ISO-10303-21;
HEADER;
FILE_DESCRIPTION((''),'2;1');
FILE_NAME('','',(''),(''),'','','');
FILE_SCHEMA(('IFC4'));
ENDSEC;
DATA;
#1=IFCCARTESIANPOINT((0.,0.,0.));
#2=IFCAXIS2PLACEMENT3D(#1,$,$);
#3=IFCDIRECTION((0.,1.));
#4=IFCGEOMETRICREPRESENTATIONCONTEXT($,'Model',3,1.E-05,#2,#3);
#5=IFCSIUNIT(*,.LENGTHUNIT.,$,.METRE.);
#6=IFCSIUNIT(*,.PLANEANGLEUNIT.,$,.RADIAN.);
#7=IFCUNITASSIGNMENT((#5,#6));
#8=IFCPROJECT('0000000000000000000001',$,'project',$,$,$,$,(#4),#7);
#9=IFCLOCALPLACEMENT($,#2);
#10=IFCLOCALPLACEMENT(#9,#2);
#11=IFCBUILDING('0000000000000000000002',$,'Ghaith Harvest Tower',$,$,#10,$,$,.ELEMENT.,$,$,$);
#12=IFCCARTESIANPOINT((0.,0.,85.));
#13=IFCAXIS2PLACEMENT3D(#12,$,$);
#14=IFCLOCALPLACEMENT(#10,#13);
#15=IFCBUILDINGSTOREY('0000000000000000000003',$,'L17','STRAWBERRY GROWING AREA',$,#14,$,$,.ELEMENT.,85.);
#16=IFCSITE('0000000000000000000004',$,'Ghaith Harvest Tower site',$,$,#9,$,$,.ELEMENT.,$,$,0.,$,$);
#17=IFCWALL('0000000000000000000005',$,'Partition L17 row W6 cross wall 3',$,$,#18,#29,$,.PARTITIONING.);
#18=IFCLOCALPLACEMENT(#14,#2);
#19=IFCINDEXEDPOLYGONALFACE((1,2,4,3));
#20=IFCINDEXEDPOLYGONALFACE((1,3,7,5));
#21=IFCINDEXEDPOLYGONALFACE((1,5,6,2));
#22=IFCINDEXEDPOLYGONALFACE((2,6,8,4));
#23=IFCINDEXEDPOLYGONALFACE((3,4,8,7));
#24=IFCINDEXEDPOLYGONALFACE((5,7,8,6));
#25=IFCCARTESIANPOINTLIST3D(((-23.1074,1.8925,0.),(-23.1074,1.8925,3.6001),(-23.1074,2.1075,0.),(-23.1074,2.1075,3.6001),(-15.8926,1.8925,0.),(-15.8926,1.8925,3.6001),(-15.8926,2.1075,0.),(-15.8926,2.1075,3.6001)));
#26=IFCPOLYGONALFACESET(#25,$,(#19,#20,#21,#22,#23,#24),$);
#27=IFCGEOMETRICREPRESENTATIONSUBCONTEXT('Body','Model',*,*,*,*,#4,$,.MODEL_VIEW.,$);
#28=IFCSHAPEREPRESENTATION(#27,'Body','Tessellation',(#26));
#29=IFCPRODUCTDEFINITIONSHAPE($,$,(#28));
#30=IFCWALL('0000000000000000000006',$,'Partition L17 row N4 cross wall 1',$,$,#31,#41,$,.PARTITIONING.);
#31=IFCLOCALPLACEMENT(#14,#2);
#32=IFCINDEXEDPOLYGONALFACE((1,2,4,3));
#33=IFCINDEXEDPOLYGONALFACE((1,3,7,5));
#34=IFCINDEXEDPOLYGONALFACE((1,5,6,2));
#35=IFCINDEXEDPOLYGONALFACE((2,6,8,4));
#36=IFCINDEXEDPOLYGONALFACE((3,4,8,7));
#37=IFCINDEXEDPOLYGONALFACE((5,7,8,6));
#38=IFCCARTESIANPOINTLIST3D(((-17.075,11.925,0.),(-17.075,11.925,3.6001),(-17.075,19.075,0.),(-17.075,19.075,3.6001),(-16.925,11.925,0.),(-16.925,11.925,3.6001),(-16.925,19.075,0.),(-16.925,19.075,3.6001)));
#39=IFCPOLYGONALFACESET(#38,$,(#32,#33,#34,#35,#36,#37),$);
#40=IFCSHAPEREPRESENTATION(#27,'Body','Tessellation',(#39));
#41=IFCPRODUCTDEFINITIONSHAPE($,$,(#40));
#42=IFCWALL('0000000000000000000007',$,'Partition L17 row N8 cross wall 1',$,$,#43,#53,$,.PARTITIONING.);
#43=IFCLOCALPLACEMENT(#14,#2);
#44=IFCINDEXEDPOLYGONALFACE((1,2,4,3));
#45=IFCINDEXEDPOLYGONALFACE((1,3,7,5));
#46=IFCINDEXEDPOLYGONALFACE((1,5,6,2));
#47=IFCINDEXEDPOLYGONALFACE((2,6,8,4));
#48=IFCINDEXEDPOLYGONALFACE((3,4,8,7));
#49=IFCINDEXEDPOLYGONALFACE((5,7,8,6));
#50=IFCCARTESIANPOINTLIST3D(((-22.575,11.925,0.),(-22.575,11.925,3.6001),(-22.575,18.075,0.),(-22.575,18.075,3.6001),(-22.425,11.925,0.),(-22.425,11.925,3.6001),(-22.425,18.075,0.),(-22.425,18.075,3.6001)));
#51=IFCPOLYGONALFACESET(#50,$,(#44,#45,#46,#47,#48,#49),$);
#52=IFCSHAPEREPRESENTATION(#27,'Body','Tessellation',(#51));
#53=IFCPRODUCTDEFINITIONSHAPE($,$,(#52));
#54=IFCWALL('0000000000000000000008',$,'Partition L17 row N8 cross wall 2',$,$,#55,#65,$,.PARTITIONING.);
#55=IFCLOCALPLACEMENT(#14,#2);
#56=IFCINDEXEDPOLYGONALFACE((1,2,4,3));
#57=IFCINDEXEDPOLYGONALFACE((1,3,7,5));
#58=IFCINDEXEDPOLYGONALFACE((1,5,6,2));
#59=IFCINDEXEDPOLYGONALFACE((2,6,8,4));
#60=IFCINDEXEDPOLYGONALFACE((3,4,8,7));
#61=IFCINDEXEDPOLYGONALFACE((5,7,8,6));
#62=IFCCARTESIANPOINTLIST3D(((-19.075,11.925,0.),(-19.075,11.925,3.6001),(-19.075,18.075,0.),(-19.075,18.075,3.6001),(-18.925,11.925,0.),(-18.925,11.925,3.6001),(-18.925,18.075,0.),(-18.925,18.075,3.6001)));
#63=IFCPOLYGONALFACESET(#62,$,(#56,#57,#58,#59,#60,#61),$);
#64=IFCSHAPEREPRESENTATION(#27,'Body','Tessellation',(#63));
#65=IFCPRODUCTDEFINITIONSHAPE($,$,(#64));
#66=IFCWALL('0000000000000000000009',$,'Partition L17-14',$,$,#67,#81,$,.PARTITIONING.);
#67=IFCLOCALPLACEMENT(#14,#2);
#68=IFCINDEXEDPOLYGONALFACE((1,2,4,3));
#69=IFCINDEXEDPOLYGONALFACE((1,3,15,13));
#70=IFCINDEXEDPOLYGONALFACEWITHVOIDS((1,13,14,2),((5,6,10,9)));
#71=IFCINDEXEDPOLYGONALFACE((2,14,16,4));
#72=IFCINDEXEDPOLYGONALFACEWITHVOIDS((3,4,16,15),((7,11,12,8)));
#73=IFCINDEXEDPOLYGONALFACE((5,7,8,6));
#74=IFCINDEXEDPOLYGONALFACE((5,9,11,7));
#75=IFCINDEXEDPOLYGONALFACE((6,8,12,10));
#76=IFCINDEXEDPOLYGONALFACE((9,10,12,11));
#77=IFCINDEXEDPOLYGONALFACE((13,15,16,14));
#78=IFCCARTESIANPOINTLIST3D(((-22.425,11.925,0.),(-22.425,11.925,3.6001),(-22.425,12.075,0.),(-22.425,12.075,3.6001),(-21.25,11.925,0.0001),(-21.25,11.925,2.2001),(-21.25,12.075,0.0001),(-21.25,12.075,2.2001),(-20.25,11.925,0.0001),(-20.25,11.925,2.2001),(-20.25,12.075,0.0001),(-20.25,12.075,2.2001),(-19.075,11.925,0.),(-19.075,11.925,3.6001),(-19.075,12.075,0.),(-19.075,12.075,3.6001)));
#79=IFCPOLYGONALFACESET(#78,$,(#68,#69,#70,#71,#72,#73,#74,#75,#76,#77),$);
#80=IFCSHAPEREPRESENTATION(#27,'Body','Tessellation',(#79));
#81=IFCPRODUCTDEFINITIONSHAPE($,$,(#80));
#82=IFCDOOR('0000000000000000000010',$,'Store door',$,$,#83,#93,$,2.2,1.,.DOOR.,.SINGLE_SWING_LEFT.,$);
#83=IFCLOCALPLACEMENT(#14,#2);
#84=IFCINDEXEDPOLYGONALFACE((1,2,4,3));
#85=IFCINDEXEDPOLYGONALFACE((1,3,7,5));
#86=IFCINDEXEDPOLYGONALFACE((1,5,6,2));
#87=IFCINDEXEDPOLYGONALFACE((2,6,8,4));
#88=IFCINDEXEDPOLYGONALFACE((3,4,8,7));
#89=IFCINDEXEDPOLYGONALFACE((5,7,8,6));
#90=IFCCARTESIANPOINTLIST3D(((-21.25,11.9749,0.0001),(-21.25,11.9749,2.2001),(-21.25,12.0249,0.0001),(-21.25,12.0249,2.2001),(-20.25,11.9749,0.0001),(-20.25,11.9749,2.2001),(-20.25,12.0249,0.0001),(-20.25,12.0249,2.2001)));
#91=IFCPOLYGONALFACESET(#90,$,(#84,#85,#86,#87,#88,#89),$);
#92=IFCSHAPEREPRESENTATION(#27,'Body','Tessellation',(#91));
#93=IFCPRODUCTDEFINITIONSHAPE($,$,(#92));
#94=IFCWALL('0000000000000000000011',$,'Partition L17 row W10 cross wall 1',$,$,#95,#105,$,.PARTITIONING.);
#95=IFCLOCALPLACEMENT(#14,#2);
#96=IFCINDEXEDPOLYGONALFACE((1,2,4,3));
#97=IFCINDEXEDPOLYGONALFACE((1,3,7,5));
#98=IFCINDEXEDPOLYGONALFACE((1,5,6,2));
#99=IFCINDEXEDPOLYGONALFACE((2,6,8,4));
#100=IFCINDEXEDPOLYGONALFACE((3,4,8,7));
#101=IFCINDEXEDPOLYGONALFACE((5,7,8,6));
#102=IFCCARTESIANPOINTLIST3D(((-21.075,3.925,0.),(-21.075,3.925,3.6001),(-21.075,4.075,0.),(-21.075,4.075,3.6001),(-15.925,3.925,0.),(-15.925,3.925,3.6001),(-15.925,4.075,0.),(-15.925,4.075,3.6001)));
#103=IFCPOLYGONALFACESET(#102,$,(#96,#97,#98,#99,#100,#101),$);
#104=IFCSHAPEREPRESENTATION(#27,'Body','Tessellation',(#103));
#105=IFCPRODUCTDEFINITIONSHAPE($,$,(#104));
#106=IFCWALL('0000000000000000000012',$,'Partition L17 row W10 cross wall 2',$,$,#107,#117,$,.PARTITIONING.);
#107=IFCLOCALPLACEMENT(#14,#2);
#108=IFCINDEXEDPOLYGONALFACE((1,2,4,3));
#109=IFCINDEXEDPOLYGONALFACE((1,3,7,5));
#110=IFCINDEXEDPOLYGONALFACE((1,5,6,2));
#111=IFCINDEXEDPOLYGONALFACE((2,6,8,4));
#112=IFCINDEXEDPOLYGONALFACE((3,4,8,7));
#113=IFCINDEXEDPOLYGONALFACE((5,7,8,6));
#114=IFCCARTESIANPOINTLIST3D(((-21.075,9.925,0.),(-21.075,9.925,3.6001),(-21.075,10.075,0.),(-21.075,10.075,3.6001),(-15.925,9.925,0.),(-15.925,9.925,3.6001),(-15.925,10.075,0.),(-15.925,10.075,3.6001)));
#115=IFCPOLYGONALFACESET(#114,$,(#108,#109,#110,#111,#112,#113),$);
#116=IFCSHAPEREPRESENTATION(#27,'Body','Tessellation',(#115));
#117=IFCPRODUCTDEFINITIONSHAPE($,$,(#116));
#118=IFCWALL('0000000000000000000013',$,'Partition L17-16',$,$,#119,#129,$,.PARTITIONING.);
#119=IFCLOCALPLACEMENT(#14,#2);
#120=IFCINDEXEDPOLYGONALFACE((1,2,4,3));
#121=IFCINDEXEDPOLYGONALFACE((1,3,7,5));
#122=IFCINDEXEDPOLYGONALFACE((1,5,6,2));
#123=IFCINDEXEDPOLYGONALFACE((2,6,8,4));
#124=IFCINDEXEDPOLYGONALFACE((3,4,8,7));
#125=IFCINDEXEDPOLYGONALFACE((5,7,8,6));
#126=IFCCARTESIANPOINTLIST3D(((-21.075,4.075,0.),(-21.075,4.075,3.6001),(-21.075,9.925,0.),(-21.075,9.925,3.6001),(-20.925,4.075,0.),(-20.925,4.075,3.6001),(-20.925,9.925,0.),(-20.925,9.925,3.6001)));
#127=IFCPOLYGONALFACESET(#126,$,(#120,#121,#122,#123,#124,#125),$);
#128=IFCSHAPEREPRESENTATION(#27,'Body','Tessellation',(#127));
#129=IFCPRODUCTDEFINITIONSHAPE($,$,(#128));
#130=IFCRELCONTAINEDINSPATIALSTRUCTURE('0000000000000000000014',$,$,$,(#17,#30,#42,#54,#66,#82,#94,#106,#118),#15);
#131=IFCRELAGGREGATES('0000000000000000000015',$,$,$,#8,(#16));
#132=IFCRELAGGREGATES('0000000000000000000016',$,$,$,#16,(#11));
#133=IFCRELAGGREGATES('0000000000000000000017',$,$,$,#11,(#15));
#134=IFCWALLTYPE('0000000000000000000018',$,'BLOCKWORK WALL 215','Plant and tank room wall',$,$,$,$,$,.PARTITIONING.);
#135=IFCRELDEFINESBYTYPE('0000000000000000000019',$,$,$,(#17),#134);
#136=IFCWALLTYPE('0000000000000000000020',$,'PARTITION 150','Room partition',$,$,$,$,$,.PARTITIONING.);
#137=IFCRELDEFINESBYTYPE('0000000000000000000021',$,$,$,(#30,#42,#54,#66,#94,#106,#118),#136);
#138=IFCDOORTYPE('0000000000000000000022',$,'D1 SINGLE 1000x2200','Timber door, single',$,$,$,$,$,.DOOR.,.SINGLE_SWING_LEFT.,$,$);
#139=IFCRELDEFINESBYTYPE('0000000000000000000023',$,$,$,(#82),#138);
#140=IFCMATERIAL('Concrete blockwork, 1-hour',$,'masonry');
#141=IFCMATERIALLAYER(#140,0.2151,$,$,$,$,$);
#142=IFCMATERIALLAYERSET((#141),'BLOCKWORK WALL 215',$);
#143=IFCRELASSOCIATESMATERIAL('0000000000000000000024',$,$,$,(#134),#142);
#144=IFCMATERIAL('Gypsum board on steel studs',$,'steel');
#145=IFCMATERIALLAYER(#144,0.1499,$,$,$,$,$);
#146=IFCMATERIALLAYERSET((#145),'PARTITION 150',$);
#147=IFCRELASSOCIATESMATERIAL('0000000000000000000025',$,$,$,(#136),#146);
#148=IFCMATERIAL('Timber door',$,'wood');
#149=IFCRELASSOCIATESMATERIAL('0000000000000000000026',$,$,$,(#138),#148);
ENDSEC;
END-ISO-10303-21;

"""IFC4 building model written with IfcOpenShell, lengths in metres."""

from ifc_helpers import new_model, si_unit, direction, frame, frame_2d, origin, place, context, subcontext, project, spatial, rectangle, extrude, material, layer, layer_set, type_object, element, fill, save


model = new_model("IFC4")

# Units and contexts
model_context = context("Model", 3, precision=1e-05, world=origin(), true_north=direction((0.0, 1.0)))
body_context = subcontext(model_context, "Body", "Model", "MODEL_VIEW")
ifc_project = project(units=[si_unit("LENGTHUNIT", "METRE"), si_unit("PLANEANGLEUNIT", "RADIAN")], contexts=[model_context])

# Site, building, storey
site_placement = place(None, origin())
site = spatial("IfcSite", under=ifc_project, at=site_placement, Name="Ghaith Harvest Tower site", CompositionType="ELEMENT", RefElevation=0.0)
building_placement = place(site_placement, origin())
building = spatial("IfcBuilding", under=site, at=building_placement, Name="Ghaith Harvest Tower", CompositionType="ELEMENT")
storey_placement = place(building_placement, frame((0.0, 0.0, 85.0)))
storey = spatial("IfcBuildingStorey", under=building, at=storey_placement, Name="L17", Description="STRAWBERRY GROWING AREA", CompositionType="ELEMENT", Elevation=85.0)

# Walls
ifc_material_1 = material(Name="Concrete blockwork, 1-hour", Category="masonry")
ifc_layer_1 = layer(ifc_material_1, 0.2151)
ifc_layer_set_1 = layer_set([ifc_layer_1], Name="BLOCKWORK WALL 215")
wall_type_1 = type_object("IfcWallType", Name="BLOCKWORK WALL 215", Description="Plant and tank room wall", PredefinedType="PARTITIONING", material=ifc_layer_set_1)
wall_1_placement = place(storey_placement, frame((-15.8926, 2.0, 0.0), z_axis=(0.0, 0.0, 1.0), x_axis=(-1.0, 0.0, 0.0)))
element("IfcWall", 1, at=wall_1_placement, inside=storey, type_object=wall_type_1, Name="Partition L17 row W6 cross wall 3", PredefinedType="PARTITIONING", context=body_context, shape_type="SweptSolid", body=[
    extrude(rectangle(XDim=7.2148, YDim=0.2151, at=frame_2d((3.6074, 0.0))), origin(), (0.0, 0.0, 1.0), 3.6001),
])
ifc_material_2 = material(Name="Gypsum board on steel studs", Category="steel")
ifc_layer_2 = layer(ifc_material_2, 0.1499)
ifc_layer_set_2 = layer_set([ifc_layer_2], Name="PARTITION 150")
wall_type_2 = type_object("IfcWallType", Name="PARTITION 150", Description="Room partition", PredefinedType="PARTITIONING", material=ifc_layer_set_2)
wall_2_placement = place(storey_placement, frame((-17.0, 11.925, 0.0), z_axis=(0.0, 0.0, 1.0), x_axis=(0.0, 1.0, 0.0)))
element("IfcWall", 2, at=wall_2_placement, inside=storey, type_object=wall_type_2, Name="Partition L17 row N4 cross wall 1", PredefinedType="PARTITIONING", context=body_context, shape_type="SweptSolid", body=[
    extrude(rectangle(XDim=7.1499, YDim=0.1499, at=frame_2d((3.575, 0.0))), origin(), (0.0, 0.0, 1.0), 3.6001),
])
for number, where, z_axis, x_axis, name in (
    (3, (-22.5, 11.925, 0.0), (0.0, 0.0, 1.0), (0.0, 1.0, 0.0), "Partition L17 row N8 cross wall 1"),
    (4, (-19.0, 11.925, 0.0), (0.0, 0.0, 1.0), (0.0, 1.0, 0.0), "Partition L17 row N8 cross wall 2"),
):
    element("IfcWall", number, at=place(storey_placement, frame(where, z_axis=z_axis, x_axis=x_axis)), inside=storey, type_object=wall_type_2, Name=name, PredefinedType="PARTITIONING", context=body_context, shape_type="SweptSolid", body=[
        extrude(rectangle(XDim=6.1499, YDim=0.1499, at=frame_2d((3.075, 0.0))), origin(), (0.0, 0.0, 1.0), 3.6001),
    ])

# Wall, opening, door
wall_3_placement = place(storey_placement, frame((-22.425, 12.0, 0.0), z_axis=(0.0, 0.0, 1.0), x_axis=(1.0, 0.0, 0.0)))
wall_3 = element("IfcWall", 5, at=wall_3_placement, inside=storey, type_object=wall_type_2, Name="Partition L17-14", PredefinedType="PARTITIONING", context=body_context, shape_type="SweptSolid", body=[
    extrude(rectangle(XDim=3.3501, YDim=0.1499, at=frame_2d((1.675, 0.0))), origin(), (0.0, 0.0, 1.0), 3.6001),
])
opening_1_placement = place(wall_3_placement, frame((1.175, 0.0, 0.0)))
opening_1 = element("IfcOpeningElement", 6, at=opening_1_placement, cuts=wall_3, PredefinedType="OPENING", context=body_context, shape_type="SweptSolid", body=[
    extrude(rectangle(XDim=1.0, YDim=2.2, at=frame_2d((0.5, 1.1001))), frame((0.0, 0.085, 0.0), z_axis=(0.0, -1.0, 0.0), x_axis=(1.0, 0.0, 0.0)), (0.0, 0.0, 1.0), 0.1699),
])
ifc_material_3 = material(Name="Timber door", Category="wood")
door_type_1 = type_object("IfcDoorType", Name="D1 SINGLE 1000x2200", Description="Timber door, single", OperationType="SINGLE_SWING_LEFT", PredefinedType="DOOR", material=ifc_material_3)
door_1_placement = place(opening_1_placement, origin())
door_1 = element("IfcDoor", 7, at=door_1_placement, inside=storey, type_object=door_type_1, Name="Store door", OperationType="SINGLE_SWING_LEFT", OverallHeight=2.2, OverallWidth=1.0, PredefinedType="DOOR", context=body_context, shape_type="SweptSolid", body=[
    extrude(rectangle(XDim=1.0, YDim=2.2, at=frame_2d((0.5, 1.1001))), frame((0.0, 0.0249, 0.0), z_axis=(0.0, -1.0, 0.0), x_axis=(1.0, 0.0, 0.0)), (0.0, 0.0, 1.0), 0.05),
])
fill(opening_1, door_1)

# Walls
for number, where, z_axis, x_axis, name in (
    (8, (-15.925, 4.0, 0.0), (0.0, 0.0, 1.0), (-1.0, 0.0, 0.0), "Partition L17 row W10 cross wall 1"),
    (9, (-15.925, 10.0, 0.0), (0.0, 0.0, 1.0), (-1.0, 0.0, 0.0), "Partition L17 row W10 cross wall 2"),
):
    element("IfcWall", number, at=place(storey_placement, frame(where, z_axis=z_axis, x_axis=x_axis)), inside=storey, type_object=wall_type_2, Name=name, PredefinedType="PARTITIONING", context=body_context, shape_type="SweptSolid", body=[
        extrude(rectangle(XDim=5.1499, YDim=0.1499, at=frame_2d((2.575, 0.0))), origin(), (0.0, 0.0, 1.0), 3.6001),
    ])

# Wall
wall_4_placement = place(storey_placement, frame((-21.0, 4.075, 0.0), z_axis=(0.0, 0.0, 1.0), x_axis=(0.0, 1.0, 0.0)))
element("IfcWall", 10, at=wall_4_placement, inside=storey, type_object=wall_type_2, Name="Partition L17-16", PredefinedType="PARTITIONING", context=body_context, shape_type="SweptSolid", body=[
    extrude(rectangle(XDim=5.8501, YDim=0.1499, at=frame_2d((2.925, 0.0))), origin(), (0.0, 0.0, 1.0), 3.6001),
])

save(model, "model.ifc")
